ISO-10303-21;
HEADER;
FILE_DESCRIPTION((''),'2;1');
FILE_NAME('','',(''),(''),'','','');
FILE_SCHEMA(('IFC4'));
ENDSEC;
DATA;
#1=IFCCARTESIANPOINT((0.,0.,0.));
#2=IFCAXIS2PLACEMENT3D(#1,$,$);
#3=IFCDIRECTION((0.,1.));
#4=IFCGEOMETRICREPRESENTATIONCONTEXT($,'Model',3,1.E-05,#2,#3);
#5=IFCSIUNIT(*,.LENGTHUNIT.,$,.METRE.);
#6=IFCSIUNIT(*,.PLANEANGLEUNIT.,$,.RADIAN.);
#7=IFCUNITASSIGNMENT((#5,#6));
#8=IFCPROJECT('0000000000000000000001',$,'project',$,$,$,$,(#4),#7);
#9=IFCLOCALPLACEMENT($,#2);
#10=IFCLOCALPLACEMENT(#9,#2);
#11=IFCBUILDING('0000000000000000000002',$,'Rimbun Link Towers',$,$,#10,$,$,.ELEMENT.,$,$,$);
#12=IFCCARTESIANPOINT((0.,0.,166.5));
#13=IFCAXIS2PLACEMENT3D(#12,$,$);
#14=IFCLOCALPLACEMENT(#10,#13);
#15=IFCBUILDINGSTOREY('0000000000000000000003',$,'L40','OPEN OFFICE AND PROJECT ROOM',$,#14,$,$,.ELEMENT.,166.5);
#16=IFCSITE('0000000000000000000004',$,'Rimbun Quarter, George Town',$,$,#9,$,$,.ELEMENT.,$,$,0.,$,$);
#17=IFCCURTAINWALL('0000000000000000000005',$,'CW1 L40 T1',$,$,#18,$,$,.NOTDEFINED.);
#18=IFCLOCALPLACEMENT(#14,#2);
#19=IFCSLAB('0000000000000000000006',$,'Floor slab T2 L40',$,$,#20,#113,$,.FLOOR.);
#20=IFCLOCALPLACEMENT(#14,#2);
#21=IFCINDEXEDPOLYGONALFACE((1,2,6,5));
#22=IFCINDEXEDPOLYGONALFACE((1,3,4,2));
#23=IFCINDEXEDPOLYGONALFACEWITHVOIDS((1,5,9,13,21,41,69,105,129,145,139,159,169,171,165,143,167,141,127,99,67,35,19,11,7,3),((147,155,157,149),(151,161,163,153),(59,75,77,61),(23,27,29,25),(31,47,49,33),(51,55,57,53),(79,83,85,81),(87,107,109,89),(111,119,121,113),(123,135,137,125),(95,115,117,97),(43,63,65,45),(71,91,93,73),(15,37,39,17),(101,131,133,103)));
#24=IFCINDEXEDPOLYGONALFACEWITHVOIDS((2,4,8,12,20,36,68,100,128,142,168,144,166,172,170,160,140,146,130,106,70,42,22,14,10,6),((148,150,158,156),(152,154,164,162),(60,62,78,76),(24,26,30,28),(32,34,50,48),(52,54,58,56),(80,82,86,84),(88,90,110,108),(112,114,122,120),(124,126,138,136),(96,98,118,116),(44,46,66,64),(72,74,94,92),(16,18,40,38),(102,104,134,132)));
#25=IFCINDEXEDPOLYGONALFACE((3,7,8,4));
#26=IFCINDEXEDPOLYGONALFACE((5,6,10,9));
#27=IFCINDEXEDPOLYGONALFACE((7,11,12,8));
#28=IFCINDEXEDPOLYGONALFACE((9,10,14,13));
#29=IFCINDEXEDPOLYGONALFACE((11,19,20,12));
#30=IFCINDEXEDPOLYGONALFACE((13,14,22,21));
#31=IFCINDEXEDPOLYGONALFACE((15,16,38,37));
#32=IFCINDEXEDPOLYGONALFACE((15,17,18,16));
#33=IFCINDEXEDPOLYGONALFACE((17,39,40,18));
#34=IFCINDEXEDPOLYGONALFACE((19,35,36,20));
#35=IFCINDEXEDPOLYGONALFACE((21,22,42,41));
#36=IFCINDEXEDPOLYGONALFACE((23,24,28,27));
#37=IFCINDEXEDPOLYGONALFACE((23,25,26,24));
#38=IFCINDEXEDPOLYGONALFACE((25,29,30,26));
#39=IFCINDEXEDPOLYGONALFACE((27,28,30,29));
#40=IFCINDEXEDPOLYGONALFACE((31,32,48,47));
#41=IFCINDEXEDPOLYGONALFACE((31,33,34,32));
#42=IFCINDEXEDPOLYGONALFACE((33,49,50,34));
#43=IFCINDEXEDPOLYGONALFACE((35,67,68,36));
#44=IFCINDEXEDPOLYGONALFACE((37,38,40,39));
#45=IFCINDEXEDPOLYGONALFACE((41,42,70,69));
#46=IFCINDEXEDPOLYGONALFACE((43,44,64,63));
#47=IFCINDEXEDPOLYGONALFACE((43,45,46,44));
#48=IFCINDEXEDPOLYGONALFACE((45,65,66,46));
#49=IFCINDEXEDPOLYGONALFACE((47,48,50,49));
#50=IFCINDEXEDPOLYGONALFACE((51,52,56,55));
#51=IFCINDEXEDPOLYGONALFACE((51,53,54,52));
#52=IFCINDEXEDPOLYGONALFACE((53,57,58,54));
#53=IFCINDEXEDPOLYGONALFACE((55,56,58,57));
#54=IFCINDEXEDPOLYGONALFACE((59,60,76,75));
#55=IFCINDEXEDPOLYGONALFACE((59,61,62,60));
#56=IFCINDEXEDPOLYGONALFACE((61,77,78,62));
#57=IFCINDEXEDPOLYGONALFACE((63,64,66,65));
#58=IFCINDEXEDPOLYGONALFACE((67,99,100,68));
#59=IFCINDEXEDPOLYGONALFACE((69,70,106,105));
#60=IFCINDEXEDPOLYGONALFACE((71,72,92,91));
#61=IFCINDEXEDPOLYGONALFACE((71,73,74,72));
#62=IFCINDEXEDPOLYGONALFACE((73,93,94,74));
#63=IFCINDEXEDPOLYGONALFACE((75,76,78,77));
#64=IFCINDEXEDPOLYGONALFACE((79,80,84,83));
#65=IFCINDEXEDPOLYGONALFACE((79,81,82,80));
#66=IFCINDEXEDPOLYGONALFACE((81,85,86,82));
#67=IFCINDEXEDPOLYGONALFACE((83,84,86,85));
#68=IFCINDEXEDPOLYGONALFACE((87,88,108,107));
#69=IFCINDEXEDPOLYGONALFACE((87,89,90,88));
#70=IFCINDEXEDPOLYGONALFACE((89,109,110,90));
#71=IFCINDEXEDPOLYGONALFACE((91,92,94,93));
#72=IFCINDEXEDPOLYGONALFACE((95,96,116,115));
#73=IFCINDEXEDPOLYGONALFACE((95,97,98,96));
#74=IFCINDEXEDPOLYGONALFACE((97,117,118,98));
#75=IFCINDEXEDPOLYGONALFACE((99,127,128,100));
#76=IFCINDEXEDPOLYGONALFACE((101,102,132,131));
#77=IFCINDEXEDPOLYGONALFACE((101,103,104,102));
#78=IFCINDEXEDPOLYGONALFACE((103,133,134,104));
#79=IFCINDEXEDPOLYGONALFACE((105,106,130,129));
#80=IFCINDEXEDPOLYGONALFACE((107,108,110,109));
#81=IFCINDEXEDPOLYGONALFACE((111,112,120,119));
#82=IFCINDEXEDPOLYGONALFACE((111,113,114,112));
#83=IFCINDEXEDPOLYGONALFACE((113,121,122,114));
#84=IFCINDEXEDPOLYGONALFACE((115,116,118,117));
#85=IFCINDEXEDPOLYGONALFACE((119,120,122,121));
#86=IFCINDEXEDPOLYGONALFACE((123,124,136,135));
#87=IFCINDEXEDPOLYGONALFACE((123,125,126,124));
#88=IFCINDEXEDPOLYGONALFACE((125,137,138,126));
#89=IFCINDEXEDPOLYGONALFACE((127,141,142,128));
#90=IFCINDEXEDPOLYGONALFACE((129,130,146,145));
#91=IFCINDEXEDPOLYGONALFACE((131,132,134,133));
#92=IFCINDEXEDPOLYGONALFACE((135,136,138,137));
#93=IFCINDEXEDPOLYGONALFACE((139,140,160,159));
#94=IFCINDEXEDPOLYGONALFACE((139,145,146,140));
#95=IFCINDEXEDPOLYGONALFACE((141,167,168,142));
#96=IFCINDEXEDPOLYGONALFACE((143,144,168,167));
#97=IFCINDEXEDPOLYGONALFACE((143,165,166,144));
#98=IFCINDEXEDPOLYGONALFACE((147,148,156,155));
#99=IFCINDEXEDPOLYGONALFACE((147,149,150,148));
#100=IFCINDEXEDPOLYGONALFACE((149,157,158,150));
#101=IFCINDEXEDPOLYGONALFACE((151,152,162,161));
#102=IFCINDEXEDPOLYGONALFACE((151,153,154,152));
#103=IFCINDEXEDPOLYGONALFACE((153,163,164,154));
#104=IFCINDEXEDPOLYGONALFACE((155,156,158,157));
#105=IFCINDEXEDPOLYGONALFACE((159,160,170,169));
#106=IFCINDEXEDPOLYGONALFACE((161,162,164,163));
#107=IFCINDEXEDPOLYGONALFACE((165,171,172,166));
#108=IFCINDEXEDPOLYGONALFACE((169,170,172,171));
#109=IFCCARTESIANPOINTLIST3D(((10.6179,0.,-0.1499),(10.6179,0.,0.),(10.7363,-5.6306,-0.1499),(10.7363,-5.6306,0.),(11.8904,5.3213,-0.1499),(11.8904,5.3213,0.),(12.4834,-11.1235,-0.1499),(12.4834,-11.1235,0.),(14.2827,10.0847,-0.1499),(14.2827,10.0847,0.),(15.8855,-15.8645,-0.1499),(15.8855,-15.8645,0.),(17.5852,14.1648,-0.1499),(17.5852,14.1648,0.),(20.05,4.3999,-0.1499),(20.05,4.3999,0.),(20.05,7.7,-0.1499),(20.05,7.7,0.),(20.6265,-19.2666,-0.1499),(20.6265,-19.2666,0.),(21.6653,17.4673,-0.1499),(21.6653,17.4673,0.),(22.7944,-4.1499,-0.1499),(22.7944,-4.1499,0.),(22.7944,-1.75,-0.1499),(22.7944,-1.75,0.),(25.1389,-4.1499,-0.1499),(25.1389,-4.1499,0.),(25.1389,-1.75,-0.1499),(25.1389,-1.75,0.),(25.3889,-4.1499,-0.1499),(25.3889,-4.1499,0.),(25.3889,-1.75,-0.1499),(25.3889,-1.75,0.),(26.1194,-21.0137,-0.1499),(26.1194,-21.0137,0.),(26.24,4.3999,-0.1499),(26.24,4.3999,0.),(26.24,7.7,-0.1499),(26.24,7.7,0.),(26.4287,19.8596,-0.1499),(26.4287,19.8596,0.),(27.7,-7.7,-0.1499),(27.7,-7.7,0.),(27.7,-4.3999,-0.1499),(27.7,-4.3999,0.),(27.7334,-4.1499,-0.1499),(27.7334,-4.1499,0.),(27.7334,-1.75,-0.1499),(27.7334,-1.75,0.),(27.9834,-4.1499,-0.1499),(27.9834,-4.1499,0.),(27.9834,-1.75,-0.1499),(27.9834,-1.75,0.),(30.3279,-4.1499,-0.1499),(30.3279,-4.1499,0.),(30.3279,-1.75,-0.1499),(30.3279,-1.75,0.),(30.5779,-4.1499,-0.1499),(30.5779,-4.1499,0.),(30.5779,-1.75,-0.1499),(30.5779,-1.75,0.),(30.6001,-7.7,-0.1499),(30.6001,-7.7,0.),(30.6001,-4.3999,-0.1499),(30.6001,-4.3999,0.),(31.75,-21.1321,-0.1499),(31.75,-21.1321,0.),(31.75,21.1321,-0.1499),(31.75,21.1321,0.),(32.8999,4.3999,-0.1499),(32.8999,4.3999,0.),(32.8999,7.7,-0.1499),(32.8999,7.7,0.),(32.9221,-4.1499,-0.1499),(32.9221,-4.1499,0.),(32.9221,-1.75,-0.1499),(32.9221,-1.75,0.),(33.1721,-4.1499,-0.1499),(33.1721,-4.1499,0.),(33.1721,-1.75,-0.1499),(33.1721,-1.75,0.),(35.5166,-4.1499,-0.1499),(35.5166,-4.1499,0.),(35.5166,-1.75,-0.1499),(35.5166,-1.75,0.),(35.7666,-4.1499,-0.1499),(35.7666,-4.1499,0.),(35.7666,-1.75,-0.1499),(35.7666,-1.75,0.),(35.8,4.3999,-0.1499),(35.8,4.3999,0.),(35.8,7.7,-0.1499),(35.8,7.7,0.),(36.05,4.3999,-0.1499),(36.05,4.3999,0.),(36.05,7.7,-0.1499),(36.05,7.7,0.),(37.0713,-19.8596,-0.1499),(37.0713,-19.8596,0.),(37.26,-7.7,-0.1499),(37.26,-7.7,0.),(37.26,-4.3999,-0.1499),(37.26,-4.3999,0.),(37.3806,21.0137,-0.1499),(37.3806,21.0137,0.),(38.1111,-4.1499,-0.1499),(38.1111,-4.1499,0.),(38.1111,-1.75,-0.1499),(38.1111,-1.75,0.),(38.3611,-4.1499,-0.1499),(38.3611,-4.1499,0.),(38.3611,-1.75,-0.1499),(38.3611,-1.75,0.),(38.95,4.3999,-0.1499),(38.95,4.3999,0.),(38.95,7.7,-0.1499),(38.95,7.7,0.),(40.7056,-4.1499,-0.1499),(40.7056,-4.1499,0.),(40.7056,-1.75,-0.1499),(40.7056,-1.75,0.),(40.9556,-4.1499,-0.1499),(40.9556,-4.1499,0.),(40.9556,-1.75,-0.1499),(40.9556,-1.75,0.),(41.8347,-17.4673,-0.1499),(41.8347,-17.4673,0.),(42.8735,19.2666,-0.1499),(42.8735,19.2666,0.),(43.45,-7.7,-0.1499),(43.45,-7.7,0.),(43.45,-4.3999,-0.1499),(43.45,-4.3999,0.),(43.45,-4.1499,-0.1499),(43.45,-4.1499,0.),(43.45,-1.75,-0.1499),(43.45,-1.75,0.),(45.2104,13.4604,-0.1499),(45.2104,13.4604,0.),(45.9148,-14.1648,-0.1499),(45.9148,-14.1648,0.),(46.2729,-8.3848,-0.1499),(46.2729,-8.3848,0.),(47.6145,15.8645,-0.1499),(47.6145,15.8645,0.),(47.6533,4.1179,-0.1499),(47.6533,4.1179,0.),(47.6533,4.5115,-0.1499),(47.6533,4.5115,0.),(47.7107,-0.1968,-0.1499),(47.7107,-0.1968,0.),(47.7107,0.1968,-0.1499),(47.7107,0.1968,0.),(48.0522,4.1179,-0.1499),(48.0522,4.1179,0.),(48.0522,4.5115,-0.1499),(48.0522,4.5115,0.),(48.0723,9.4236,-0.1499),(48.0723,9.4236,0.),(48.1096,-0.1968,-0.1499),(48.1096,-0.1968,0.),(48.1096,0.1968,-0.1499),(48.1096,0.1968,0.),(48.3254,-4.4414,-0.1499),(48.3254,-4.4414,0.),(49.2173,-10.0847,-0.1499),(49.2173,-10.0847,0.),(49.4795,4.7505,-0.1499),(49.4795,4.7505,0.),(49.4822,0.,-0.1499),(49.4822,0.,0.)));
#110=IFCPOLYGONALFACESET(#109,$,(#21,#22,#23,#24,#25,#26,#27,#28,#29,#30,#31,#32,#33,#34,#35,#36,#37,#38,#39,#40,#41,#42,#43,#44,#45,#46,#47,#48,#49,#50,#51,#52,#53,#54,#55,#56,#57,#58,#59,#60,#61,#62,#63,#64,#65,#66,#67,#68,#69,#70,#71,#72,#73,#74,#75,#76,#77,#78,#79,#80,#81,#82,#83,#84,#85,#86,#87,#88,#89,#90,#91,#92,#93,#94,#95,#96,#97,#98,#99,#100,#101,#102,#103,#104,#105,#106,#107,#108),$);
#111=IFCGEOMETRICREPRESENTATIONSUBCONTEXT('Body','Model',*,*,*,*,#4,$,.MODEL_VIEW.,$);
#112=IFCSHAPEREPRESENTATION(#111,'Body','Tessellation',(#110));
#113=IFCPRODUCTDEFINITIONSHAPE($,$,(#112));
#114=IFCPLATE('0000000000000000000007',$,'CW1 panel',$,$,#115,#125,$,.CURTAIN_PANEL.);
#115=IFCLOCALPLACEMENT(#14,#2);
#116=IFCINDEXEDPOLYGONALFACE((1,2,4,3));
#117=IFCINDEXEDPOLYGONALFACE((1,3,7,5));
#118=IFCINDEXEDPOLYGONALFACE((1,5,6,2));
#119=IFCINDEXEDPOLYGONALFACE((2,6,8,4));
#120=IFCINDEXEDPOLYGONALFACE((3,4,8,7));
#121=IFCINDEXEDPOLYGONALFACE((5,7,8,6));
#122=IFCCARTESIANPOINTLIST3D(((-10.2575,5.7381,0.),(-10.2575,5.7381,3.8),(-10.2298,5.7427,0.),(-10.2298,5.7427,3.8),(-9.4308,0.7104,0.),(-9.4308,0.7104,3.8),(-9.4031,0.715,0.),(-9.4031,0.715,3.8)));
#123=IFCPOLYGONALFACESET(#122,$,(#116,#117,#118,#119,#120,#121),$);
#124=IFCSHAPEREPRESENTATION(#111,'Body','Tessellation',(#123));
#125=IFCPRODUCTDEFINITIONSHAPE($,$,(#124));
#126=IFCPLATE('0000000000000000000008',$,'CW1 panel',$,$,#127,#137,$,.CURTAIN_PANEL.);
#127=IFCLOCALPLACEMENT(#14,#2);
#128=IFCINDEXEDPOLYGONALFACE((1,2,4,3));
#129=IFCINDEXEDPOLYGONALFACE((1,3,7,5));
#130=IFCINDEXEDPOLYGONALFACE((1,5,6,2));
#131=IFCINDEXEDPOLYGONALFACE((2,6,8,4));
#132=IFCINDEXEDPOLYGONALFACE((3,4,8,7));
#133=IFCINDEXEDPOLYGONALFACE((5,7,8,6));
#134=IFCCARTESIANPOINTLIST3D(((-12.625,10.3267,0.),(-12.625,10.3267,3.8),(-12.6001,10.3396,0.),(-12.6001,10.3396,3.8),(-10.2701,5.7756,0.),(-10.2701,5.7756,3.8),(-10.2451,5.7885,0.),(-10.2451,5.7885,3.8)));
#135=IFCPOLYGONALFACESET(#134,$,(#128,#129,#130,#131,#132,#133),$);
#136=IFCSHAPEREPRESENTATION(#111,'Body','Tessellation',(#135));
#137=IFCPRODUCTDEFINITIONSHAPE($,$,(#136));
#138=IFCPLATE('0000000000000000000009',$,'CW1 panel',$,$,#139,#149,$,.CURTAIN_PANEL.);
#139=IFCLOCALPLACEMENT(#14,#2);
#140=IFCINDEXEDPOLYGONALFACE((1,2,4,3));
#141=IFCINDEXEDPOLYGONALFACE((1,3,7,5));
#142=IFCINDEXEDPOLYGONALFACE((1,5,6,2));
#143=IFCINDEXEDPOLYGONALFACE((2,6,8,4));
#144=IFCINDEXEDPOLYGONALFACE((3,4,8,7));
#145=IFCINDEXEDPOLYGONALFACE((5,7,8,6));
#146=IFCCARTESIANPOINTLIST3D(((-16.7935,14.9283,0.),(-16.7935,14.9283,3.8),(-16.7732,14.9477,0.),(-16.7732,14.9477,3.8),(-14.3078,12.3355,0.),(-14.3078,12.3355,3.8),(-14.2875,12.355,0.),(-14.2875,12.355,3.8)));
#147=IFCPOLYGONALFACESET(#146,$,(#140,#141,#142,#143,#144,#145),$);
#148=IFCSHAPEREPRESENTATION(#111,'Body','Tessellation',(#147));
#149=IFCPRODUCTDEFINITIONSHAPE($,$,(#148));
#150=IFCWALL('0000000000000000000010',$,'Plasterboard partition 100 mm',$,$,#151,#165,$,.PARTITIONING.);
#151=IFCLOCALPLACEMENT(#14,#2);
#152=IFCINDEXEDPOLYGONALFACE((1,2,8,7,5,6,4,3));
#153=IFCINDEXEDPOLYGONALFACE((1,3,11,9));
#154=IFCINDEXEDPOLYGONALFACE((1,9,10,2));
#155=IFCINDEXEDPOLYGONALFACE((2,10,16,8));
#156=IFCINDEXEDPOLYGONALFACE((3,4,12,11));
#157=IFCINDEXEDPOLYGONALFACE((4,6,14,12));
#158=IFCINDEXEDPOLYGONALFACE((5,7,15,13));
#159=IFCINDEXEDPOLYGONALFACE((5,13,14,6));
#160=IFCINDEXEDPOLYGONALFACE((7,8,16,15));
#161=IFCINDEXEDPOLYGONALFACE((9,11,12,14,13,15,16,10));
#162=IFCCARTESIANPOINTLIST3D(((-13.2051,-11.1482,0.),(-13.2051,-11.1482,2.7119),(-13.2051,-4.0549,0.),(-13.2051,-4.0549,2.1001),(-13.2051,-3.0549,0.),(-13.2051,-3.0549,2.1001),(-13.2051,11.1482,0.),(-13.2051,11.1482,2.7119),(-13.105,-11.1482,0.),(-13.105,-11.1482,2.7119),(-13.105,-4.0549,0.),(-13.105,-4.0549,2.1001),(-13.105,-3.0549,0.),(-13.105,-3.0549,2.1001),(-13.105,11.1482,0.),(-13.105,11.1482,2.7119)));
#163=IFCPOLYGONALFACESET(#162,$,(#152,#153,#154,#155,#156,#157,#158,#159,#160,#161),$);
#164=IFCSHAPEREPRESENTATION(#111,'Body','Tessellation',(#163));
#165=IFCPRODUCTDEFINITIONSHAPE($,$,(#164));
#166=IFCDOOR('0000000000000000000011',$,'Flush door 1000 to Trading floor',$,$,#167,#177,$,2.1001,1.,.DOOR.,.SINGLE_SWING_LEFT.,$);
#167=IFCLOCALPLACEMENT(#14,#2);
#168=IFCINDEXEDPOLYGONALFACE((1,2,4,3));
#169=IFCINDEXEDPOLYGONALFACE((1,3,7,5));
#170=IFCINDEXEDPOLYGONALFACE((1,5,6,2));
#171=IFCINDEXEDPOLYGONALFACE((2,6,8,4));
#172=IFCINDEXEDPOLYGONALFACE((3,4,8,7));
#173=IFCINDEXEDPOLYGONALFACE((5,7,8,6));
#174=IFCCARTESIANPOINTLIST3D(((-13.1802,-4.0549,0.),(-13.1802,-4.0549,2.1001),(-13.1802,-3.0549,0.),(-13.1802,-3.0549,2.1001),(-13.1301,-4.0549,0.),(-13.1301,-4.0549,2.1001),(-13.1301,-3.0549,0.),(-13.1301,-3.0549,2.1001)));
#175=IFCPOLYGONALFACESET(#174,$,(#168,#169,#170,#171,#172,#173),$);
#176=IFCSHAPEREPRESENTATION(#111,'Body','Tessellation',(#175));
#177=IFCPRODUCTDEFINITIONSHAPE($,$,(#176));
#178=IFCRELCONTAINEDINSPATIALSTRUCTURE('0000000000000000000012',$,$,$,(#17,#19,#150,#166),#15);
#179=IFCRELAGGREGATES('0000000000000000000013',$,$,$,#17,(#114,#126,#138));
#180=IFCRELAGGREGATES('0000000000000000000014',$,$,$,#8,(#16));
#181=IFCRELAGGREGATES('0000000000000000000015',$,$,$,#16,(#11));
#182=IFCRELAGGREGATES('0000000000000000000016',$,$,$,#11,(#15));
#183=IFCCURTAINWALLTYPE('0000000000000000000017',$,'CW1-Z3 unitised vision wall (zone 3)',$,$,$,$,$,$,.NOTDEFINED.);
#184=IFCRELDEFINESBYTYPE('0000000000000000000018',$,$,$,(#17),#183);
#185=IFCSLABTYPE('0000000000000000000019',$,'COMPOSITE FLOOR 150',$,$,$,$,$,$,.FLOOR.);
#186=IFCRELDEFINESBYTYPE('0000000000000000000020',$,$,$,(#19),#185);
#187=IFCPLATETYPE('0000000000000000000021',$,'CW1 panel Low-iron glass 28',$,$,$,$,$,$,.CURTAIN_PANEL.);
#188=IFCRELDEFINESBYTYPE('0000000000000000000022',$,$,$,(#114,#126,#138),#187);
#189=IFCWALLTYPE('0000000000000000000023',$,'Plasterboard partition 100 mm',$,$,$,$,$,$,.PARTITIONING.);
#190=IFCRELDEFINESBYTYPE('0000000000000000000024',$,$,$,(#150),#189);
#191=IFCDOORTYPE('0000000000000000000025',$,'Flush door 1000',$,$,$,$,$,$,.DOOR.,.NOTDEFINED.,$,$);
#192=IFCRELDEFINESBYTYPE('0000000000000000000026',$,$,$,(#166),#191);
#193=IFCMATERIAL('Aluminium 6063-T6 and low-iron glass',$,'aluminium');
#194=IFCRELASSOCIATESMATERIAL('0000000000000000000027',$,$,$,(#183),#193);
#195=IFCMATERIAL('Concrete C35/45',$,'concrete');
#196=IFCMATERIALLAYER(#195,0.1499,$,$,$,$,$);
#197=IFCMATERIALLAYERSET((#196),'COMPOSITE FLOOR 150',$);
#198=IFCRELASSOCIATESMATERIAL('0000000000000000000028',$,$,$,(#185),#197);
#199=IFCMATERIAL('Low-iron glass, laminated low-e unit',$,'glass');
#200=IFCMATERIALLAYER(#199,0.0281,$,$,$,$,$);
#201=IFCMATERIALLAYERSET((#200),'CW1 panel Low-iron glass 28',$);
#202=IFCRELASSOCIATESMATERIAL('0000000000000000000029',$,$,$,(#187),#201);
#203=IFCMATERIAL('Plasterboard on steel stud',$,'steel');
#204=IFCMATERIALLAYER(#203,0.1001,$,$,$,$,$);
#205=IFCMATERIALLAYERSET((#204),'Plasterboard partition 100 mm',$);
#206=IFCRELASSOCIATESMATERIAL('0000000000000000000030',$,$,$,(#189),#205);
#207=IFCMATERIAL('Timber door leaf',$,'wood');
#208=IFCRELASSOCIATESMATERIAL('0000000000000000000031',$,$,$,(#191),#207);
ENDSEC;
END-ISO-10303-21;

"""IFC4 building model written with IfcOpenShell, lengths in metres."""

from ifc_helpers import new_model, si_unit, direction, frame, frame_2d, origin, origin_2d, place, context, subcontext, project, spatial, polyline, rectangle, outline, extrude, material, layer, layer_set, type_object, element, fill, aggregate, save


model = new_model("IFC4")

# Units and contexts
model_context = context("Model", 3, precision=1e-05, world=origin(), true_north=direction((0.0, 1.0)))
body_context = subcontext(model_context, "Body", "Model", "MODEL_VIEW")
ifc_project = project(units=[si_unit("LENGTHUNIT", "METRE"), si_unit("PLANEANGLEUNIT", "RADIAN")], contexts=[model_context])

# Site, building, storey
site_placement = place(None, origin())
site = spatial("IfcSite", under=ifc_project, at=site_placement, Name="Rimbun Quarter, George Town", CompositionType="ELEMENT", RefElevation=0.0)
building_placement = place(site_placement, origin())
building = spatial("IfcBuilding", under=site, at=building_placement, Name="Rimbun Link Towers", CompositionType="ELEMENT")
storey_placement = place(building_placement, frame((0.0, 0.0, 166.5)))
storey = spatial("IfcBuildingStorey", under=building, at=storey_placement, Name="L40", Description="OPEN OFFICE AND PROJECT ROOM", CompositionType="ELEMENT", Elevation=166.5)

# Curtain wall
ifc_material_1 = material(Name="Aluminium 6063-T6 and low-iron glass", Category="aluminium")
curtain_wall_type = type_object("IfcCurtainWallType", Name="CW1-Z3 unitised vision wall (zone 3)", PredefinedType="NOTDEFINED", material=ifc_material_1)
curtain_wall_placement = place(storey_placement, origin())
curtain_wall = element("IfcCurtainWall", 1, at=curtain_wall_placement, inside=storey, type_object=curtain_wall_type, Name="CW1 L40 T1", PredefinedType="NOTDEFINED")

# Slab
ifc_material_2 = material(Name="Concrete C35/45", Category="concrete")
ifc_layer_1 = layer(ifc_material_2, 0.1499)
ifc_layer_set_1 = layer_set([ifc_layer_1], Name="COMPOSITE FLOOR 150")
slab_type = type_object("IfcSlabType", Name="COMPOSITE FLOOR 150", PredefinedType="FLOOR", material=ifc_layer_set_1)
slab_placement = place(storey_placement, frame((0.0, 0.0, -0.1499)))
element("IfcSlab", 2, at=slab_placement, inside=storey, type_object=slab_type, Name="Floor slab T2 L40", PredefinedType="FLOOR", context=body_context, shape_type="SweptSolid", body=[
    extrude(outline(polyline([(45.9148, -14.1648), (41.8347, -17.4673), (37.0713, -19.8596), (31.75, -21.1321), (26.1194, -21.0137), (20.6265, -19.2666), (15.8855, -15.8645), (12.4834, -11.1235), (10.7363, -5.6306), (10.6179, 0.0), (11.8904, 5.3213), (14.2827, 10.0847), (17.5852, 14.1648), (21.6653, 17.4673), (26.4287, 19.8596), (31.75, 21.1321), (37.3806, 21.0137), (42.8735, 19.2666), (47.6145, 15.8645), (45.2104, 13.4604), (48.0723, 9.4236), (49.4795, 4.7505), (49.4822, 0.0), (48.3254, -4.4414), (46.2729, -8.3848), (49.2173, -10.0847), (45.9148, -14.1648)]), holes=[polyline([(30.6001, -4.3999), (27.7, -4.3999), (27.7, -7.7), (30.6001, -7.7), (30.6001, -4.3999)]), polyline([(25.1389, -4.1499), (25.1389, -1.75), (22.7944, -1.75), (22.7944, -4.1499), (25.1389, -4.1499)]), polyline([(27.7334, -4.1499), (27.7334, -1.75), (25.3889, -1.75), (25.3889, -4.1499), (27.7334, -4.1499)]), polyline([(30.3279, -4.1499), (30.3279, -1.75), (27.9834, -1.75), (27.9834, -4.1499), (30.3279, -4.1499)]), polyline([(32.9221, -4.1499), (32.9221, -1.75), (30.5779, -1.75), (30.5779, -4.1499), (32.9221, -4.1499)]), polyline([(35.5166, -4.1499), (35.5166, -1.75), (33.1721, -1.75), (33.1721, -4.1499), (35.5166, -4.1499)]), polyline([(26.24, 4.3999), (26.24, 7.7), (20.05, 7.7), (20.05, 4.3999), (26.24, 4.3999)]), polyline([(35.8, 4.3999), (35.8, 7.7), (32.8999, 7.7), (32.8999, 4.3999), (35.8, 4.3999)]), polyline([(43.45, -7.7), (43.45, -4.3999), (37.26, -4.3999), (37.26, -7.7), (43.45, -7.7)]), polyline([(38.1111, -4.1499), (38.1111, -1.75), (35.7666, -1.75), (35.7666, -4.1499), (38.1111, -4.1499)]), polyline([(40.7056, -4.1499), (40.7056, -1.75), (38.3611, -1.75), (38.3611, -4.1499), (40.7056, -4.1499)]), polyline([(43.45, -4.1499), (43.45, -1.75), (40.9556, -1.75), (40.9556, -4.1499), (43.45, -4.1499)]), polyline([(48.1096, -0.1968), (48.1096, 0.1968), (47.7107, 0.1968), (47.7107, -0.1968), (48.1096, -0.1968)]), polyline([(48.0522, 4.1179), (48.0522, 4.5115), (47.6533, 4.5115), (47.6533, 4.1179), (48.0522, 4.1179)]), polyline([(38.95, 4.3999), (38.95, 7.7), (36.05, 7.7), (36.05, 4.3999), (38.95, 4.3999)])]), origin(), (0.0, 0.0, 1.0), 0.1499),
])

# Plates
ifc_material_3 = material(Name="Low-iron glass, laminated low-e unit", Category="glass")
ifc_layer_2 = layer(ifc_material_3, 0.0281)
ifc_layer_set_2 = layer_set([ifc_layer_2], Name="CW1 panel Low-iron glass 28")
plate_type = type_object("IfcPlateType", Name="CW1 panel Low-iron glass 28", PredefinedType="CURTAIN_PANEL", material=ifc_layer_set_2)
plate_1_placement = place(storey_placement, frame((-9.8303, 3.2266, 0.0), z_axis=(0.0, 0.0, 1.0), x_axis=(0.162253, -0.986749, 0.0)))
plate_1 = element("IfcPlate", 3, at=plate_1_placement, type_object=plate_type, Name="CW1 panel", PredefinedType="CURTAIN_PANEL", context=body_context, shape_type="SweptSolid", body=[
    extrude(rectangle(XDim=5.0952, YDim=0.0281, at=origin_2d()), origin(), (0.0, 0.0, 1.0), 3.8),
])
plate_2_placement = place(storey_placement, frame((-11.4351, 8.0576, 0.0), z_axis=(0.0, 0.0, 1.0), x_axis=(0.459565, -0.888144, 0.0)))
plate_2 = element("IfcPlate", 4, at=plate_2_placement, type_object=plate_type, Name="CW1 panel", PredefinedType="CURTAIN_PANEL", context=body_context, shape_type="SweptSolid", body=[
    extrude(rectangle(XDim=5.1243, YDim=0.0281, at=origin_2d()), origin(), (0.0, 0.0, 1.0), 3.8),
])
plate_3_placement = place(storey_placement, frame((-15.5405, 13.6416, 0.0), z_axis=(0.0, 0.0, 1.0), x_axis=(0.692052, -0.721847, 0.0)))
plate_3 = element("IfcPlate", 5, at=plate_3_placement, type_object=plate_type, Name="CW1 panel", PredefinedType="CURTAIN_PANEL", context=body_context, shape_type="SweptSolid", body=[
    extrude(rectangle(XDim=3.5918, YDim=0.0281, at=origin_2d()), origin(), (0.0, 0.0, 1.0), 3.8),
])
aggregate(curtain_wall, [plate_1, plate_2, plate_3])

# Wall, opening, door
ifc_material_4 = material(Name="Plasterboard on steel stud", Category="steel")
ifc_layer_3 = layer(ifc_material_4, 0.1001)
ifc_layer_set_3 = layer_set([ifc_layer_3], Name="Plasterboard partition 100 mm")
wall_type = type_object("IfcWallType", Name="Plasterboard partition 100 mm", PredefinedType="PARTITIONING", material=ifc_layer_set_3)
wall_placement = place(storey_placement, frame((-13.155, 11.1482, 0.0), z_axis=(0.0, 0.0, 1.0), x_axis=(0.0, -1.0, 0.0)))
wall = element("IfcWall", 6, at=wall_placement, inside=storey, type_object=wall_type, Name="Plasterboard partition 100 mm", PredefinedType="PARTITIONING", context=body_context, shape_type="SweptSolid", body=[
    extrude(rectangle(XDim=22.2964, YDim=0.1001, at=frame_2d((11.1482, 0.0))), origin(), (0.0, 0.0, 1.0), 2.7119),
])
opening_placement = place(wall_placement, frame((14.2031, 0.0, 0.0)))
opening = element("IfcOpeningElement", 7, at=opening_placement, cuts=wall, PredefinedType="OPENING", context=body_context, shape_type="SweptSolid", body=[
    extrude(rectangle(XDim=1.0, YDim=2.1001, at=frame_2d((0.5, 1.05))), frame((0.0, 0.0601, 0.0), z_axis=(0.0, -1.0, 0.0), x_axis=(1.0, 0.0, 0.0)), (0.0, 0.0, 1.0), 0.1201),
])
ifc_material_5 = material(Name="Timber door leaf", Category="wood")
door_type = type_object("IfcDoorType", Name="Flush door 1000", OperationType="NOTDEFINED", PredefinedType="DOOR", material=ifc_material_5)
door_placement = place(opening_placement, origin())
door = element("IfcDoor", 8, at=door_placement, inside=storey, type_object=door_type, Name="Flush door 1000 to Trading floor", OperationType="SINGLE_SWING_LEFT", OverallHeight=2.1001, OverallWidth=1.0, PredefinedType="DOOR", context=body_context, shape_type="SweptSolid", body=[
    extrude(rectangle(XDim=1.0, YDim=2.1001, at=frame_2d((0.5, 1.05))), frame((0.0, 0.0249, 0.0), z_axis=(0.0, -1.0, 0.0), x_axis=(1.0, 0.0, 0.0)), (0.0, 0.0, 1.0), 0.05),
])
fill(opening, door)

save(model, "model.ifc")
